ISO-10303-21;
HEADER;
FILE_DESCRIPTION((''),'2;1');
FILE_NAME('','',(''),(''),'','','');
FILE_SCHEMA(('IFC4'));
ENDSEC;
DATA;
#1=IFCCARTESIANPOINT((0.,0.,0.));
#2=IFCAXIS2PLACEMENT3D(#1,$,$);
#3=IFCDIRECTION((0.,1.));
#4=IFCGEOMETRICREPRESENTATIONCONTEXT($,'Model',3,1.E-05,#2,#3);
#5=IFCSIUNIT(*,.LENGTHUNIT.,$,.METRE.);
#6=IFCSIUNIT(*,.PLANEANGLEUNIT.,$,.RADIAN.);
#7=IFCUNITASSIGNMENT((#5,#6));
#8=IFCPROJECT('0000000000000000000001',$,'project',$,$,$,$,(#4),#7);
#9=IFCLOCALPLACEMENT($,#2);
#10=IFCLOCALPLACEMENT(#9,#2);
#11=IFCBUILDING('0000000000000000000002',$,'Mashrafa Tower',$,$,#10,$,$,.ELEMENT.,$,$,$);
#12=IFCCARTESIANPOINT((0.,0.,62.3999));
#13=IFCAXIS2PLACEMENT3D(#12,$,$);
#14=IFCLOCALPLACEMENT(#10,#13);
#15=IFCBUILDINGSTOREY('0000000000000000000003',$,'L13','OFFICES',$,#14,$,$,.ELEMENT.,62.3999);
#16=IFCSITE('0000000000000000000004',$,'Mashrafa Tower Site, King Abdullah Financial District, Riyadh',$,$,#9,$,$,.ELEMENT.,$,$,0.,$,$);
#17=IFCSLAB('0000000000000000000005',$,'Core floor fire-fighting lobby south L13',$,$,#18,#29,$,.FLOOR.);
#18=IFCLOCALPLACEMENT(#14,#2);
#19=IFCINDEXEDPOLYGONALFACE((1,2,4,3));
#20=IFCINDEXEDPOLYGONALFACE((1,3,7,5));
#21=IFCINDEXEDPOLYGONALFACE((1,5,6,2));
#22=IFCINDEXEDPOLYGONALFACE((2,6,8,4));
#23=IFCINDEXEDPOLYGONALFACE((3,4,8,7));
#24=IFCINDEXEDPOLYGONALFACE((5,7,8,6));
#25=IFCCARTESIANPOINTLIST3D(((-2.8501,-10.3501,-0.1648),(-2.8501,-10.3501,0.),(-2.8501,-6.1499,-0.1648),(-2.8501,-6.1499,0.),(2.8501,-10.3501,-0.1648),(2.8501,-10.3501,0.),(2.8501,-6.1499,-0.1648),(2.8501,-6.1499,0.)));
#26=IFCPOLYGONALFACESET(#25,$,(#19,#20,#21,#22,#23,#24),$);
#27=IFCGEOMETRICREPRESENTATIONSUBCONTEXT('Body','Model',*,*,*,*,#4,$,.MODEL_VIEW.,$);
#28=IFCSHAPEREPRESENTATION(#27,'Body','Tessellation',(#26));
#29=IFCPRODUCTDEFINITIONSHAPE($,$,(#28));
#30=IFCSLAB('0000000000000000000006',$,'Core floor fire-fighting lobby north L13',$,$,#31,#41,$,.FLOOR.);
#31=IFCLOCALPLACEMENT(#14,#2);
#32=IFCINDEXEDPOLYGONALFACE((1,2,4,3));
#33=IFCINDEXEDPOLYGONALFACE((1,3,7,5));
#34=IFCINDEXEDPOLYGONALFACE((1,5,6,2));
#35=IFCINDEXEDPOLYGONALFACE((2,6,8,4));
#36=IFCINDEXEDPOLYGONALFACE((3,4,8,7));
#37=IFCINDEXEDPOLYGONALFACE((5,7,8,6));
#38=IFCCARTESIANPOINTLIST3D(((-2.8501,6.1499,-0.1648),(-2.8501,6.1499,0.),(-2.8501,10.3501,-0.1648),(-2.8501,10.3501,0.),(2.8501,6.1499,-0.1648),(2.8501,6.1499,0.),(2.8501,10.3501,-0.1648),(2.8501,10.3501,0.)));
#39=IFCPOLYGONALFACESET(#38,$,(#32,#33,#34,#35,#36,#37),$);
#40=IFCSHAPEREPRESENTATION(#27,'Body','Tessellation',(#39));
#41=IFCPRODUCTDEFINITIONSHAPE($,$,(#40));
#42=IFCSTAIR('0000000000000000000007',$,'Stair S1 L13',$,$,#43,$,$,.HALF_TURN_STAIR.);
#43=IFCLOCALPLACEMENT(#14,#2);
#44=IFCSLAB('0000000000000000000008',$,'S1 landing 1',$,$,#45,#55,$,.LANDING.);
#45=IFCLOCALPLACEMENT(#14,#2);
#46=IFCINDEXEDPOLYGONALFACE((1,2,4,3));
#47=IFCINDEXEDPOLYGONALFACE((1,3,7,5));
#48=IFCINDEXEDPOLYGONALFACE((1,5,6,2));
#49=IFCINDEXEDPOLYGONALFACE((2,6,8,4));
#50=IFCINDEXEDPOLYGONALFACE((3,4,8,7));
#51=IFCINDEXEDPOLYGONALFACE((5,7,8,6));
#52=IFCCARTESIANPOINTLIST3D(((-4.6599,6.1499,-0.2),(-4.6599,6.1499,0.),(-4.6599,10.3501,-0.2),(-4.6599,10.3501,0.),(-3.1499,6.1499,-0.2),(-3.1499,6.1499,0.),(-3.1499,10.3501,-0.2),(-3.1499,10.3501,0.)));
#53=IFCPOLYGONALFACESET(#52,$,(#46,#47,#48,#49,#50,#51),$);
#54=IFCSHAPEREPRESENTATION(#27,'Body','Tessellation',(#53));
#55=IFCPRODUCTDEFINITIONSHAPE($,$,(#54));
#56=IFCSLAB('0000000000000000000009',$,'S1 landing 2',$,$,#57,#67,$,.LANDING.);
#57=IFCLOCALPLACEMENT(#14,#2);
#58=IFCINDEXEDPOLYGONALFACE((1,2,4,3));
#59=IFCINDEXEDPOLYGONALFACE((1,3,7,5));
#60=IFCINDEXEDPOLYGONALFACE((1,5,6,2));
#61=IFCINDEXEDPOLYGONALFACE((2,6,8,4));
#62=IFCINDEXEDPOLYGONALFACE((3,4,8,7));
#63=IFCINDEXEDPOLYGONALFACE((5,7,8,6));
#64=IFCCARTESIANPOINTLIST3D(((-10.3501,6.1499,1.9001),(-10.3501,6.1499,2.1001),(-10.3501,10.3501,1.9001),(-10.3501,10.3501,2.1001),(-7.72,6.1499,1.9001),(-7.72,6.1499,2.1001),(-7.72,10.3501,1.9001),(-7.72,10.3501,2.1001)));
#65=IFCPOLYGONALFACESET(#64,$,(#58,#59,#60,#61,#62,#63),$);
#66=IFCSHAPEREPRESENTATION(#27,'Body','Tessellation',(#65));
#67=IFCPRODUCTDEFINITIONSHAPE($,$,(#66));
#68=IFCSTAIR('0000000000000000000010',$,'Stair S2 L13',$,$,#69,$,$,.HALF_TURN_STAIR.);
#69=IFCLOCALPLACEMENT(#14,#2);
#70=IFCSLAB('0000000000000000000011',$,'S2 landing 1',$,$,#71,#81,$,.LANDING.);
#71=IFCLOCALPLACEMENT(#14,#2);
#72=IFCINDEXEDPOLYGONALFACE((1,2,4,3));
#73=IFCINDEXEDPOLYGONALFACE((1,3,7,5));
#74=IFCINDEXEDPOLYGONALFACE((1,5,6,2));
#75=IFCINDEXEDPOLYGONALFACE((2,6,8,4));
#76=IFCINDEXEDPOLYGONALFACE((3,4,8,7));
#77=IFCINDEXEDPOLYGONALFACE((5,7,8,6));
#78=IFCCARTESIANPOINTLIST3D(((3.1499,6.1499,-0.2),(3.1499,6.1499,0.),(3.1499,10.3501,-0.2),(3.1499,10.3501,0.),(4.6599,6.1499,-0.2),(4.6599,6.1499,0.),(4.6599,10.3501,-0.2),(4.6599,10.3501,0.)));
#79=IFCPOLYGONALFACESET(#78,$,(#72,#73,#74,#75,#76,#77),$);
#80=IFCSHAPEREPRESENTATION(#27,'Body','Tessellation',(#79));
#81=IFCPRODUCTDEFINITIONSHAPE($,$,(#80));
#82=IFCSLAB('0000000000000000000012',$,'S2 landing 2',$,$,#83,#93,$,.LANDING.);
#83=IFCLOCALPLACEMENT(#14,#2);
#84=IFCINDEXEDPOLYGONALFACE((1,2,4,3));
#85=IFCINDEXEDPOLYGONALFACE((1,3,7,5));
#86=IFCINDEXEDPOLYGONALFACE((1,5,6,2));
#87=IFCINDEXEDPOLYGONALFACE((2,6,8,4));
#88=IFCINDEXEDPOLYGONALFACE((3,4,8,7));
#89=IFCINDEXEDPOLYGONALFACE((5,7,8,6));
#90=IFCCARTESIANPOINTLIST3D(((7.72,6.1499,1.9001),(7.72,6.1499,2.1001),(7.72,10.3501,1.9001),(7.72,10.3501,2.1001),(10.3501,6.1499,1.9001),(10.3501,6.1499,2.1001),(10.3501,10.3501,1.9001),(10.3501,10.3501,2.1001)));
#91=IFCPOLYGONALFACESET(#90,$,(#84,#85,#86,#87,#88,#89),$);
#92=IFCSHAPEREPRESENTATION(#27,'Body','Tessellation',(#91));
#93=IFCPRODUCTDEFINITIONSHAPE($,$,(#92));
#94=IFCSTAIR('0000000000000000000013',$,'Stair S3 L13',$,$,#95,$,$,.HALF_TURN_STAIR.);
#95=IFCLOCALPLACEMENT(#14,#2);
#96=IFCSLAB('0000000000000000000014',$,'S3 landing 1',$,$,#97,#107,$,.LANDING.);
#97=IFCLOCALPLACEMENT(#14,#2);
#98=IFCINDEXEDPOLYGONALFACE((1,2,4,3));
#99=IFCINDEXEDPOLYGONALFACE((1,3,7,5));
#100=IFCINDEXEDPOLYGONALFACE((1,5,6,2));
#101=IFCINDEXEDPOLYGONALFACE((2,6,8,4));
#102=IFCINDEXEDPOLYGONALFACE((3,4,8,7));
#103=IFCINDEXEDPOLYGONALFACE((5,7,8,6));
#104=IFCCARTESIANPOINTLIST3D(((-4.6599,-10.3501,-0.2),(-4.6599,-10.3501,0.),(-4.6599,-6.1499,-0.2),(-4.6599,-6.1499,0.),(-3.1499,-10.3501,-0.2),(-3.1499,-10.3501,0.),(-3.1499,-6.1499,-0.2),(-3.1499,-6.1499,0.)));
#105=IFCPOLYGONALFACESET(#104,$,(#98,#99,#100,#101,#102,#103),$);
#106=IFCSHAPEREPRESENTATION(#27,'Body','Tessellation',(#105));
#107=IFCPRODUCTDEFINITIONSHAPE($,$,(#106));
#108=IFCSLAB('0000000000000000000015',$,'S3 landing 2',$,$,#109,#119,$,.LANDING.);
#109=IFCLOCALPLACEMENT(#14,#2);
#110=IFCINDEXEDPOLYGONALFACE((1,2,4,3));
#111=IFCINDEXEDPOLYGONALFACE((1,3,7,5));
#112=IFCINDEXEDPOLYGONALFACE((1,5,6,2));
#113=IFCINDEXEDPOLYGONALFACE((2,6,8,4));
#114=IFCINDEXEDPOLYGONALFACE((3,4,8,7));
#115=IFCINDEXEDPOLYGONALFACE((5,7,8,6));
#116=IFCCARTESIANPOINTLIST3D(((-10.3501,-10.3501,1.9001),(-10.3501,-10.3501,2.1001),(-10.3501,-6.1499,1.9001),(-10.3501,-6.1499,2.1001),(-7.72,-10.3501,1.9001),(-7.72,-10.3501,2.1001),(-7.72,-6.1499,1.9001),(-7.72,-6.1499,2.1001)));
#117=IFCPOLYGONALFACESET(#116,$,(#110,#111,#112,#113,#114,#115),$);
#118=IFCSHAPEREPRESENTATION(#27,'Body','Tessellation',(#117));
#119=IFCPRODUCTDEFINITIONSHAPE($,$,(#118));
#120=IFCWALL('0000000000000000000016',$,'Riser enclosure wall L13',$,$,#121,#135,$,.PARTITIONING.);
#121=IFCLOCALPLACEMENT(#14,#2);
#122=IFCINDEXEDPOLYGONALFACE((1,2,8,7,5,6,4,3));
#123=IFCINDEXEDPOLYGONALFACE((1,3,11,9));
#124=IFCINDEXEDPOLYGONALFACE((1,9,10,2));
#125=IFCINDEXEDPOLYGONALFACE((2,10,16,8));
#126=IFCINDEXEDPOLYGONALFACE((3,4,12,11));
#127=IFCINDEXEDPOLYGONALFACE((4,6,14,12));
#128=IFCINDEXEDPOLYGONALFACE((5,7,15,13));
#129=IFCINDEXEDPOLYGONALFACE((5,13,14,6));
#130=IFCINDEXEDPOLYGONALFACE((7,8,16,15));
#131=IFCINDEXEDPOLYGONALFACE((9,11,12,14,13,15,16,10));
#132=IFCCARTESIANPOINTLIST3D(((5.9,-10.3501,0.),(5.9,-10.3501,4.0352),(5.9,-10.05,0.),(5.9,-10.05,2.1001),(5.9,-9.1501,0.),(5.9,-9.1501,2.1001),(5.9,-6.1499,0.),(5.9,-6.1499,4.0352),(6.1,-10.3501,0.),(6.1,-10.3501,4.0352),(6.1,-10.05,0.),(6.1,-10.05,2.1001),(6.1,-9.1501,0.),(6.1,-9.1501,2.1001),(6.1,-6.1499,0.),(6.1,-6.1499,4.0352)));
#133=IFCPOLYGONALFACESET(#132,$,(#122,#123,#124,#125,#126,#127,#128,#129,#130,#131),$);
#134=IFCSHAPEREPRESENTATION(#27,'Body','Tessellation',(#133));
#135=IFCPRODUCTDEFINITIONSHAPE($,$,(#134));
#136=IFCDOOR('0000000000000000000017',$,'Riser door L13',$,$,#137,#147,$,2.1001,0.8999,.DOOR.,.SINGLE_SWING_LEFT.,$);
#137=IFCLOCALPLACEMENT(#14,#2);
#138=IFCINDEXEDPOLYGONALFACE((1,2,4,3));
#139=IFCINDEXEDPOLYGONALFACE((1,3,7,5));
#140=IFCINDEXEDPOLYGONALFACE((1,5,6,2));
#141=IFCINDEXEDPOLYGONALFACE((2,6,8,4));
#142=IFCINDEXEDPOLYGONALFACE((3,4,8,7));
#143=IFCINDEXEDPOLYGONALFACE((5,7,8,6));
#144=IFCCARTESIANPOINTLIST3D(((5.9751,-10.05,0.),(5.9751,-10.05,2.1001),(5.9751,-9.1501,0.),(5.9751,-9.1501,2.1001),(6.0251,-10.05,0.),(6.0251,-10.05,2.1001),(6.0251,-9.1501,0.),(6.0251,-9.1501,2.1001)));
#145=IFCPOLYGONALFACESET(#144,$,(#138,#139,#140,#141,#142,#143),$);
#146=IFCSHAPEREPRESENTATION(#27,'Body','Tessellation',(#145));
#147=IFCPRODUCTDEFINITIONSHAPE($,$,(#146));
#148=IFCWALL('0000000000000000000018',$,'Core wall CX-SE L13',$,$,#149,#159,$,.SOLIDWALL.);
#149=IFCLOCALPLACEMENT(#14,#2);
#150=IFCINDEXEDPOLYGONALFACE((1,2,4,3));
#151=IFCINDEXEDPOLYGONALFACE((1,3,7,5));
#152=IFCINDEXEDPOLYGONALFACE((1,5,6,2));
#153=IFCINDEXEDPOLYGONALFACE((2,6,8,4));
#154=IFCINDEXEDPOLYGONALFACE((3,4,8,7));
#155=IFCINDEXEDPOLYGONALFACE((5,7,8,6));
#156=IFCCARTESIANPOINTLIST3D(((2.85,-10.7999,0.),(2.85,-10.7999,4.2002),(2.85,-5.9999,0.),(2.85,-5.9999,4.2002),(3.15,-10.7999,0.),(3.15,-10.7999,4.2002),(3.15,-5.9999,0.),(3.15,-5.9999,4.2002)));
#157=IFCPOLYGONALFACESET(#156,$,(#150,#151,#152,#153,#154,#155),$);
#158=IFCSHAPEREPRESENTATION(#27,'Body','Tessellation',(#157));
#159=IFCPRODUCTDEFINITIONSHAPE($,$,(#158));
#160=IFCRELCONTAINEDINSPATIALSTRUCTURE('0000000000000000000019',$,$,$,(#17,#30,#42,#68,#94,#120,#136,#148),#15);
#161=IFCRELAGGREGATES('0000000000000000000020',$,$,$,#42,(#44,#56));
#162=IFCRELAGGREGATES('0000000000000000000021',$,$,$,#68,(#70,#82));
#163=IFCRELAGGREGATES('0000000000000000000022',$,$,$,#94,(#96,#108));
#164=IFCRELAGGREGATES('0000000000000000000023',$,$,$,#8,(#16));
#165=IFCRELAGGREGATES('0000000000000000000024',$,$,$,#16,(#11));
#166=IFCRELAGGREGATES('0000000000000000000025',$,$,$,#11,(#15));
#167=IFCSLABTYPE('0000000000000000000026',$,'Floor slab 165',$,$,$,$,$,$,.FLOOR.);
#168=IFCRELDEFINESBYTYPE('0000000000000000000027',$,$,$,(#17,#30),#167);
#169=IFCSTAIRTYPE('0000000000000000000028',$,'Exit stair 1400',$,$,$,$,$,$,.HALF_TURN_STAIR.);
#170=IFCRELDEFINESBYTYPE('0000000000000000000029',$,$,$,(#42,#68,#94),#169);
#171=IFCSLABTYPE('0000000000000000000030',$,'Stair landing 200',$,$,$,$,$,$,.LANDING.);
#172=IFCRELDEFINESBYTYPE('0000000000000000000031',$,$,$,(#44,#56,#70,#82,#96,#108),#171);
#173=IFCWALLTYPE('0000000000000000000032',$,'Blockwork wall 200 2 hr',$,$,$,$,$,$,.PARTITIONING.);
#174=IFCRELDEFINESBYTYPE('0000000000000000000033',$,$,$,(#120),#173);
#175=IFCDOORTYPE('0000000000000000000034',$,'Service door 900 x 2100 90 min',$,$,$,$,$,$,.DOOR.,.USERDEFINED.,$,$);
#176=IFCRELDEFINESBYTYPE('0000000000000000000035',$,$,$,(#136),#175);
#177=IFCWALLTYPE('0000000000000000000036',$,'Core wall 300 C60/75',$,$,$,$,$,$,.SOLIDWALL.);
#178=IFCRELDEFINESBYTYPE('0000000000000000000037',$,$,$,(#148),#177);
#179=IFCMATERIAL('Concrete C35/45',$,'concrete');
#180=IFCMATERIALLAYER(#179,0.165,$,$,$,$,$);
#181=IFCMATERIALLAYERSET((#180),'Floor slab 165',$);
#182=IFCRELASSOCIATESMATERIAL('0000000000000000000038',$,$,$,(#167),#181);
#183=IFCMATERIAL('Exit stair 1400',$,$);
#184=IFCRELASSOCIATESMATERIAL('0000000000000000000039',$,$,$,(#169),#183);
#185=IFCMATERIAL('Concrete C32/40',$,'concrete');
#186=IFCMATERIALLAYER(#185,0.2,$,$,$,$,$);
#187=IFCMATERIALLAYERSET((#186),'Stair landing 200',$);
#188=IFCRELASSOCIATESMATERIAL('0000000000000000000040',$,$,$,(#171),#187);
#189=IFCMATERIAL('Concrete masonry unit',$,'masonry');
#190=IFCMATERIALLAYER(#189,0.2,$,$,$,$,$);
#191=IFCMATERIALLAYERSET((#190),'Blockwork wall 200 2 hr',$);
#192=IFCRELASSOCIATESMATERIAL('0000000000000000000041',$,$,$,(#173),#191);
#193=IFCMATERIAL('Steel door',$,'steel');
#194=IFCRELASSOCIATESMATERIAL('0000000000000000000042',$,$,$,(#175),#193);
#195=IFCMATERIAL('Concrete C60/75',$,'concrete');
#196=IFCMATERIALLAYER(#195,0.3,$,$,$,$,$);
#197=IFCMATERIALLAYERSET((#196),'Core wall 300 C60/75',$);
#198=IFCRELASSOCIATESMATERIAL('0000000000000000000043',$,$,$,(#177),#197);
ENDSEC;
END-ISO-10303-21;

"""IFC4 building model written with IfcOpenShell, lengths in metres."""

from ifc_helpers import new_model, si_unit, direction, frame, frame_2d, origin, place, context, subcontext, project, spatial, polyline, rectangle, outline, extrude, material, layer, layer_set, type_object, element, fill, aggregate, save


model = new_model("IFC4")

# Units and contexts
model_context = context("Model", 3, precision=1e-05, world=origin(), true_north=direction((0.0, 1.0)))
body_context = subcontext(model_context, "Body", "Model", "MODEL_VIEW")
ifc_project = project(units=[si_unit("LENGTHUNIT", "METRE"), si_unit("PLANEANGLEUNIT", "RADIAN")], contexts=[model_context])

# Site, building, storey
site_placement = place(None, origin())
site = spatial("IfcSite", under=ifc_project, at=site_placement, Name="Mashrafa Tower Site, King Abdullah Financial District, Riyadh", CompositionType="ELEMENT", RefElevation=0.0)
building_placement = place(site_placement, origin())
building = spatial("IfcBuilding", under=site, at=building_placement, Name="Mashrafa Tower", CompositionType="ELEMENT")
storey_placement = place(building_placement, frame((0.0, 0.0, 62.3999)))
storey = spatial("IfcBuildingStorey", under=building, at=storey_placement, Name="L13", Description="OFFICES", CompositionType="ELEMENT", Elevation=62.3999)

# Slabs
ifc_material_1 = material(Name="Concrete C35/45", Category="concrete")
ifc_layer_1 = layer(ifc_material_1, 0.165)
ifc_layer_set_1 = layer_set([ifc_layer_1], Name="Floor slab 165")
slab_type_1 = type_object("IfcSlabType", Name="Floor slab 165", PredefinedType="FLOOR", material=ifc_layer_set_1)
slab_1_placement = place(storey_placement, frame((0.0, 0.0, -0.1648)))
element("IfcSlab", 1, at=slab_1_placement, inside=storey, type_object=slab_type_1, Name="Core floor fire-fighting lobby south L13", PredefinedType="FLOOR", context=body_context, shape_type="SweptSolid", body=[
    extrude(outline(polyline([(2.8501, -6.1499), (2.8501, -10.3501), (-2.8501, -10.3501), (-2.8501, -6.1499), (2.8501, -6.1499)])), origin(), (0.0, 0.0, 1.0), 0.1648),
])
slab_2_placement = place(storey_placement, frame((0.0, 0.0, -0.1648)))
element("IfcSlab", 2, at=slab_2_placement, inside=storey, type_object=slab_type_1, Name="Core floor fire-fighting lobby north L13", PredefinedType="FLOOR", context=body_context, shape_type="SweptSolid", body=[
    extrude(outline(polyline([(-2.8501, 10.3501), (2.8501, 10.3501), (2.8501, 6.1499), (-2.8501, 6.1499), (-2.8501, 10.3501)])), origin(), (0.0, 0.0, 1.0), 0.1648),
])

# Stairs, slabs
ifc_material_2 = material(Name="Exit stair 1400")
stair_type = type_object("IfcStairType", Name="Exit stair 1400", PredefinedType="HALF_TURN_STAIR", material=ifc_material_2)
stair_1_placement = place(storey_placement, origin())
stair_1 = element("IfcStair", 3, at=stair_1_placement, inside=storey, type_object=stair_type, Name="Stair S1 L13", PredefinedType="HALF_TURN_STAIR")
ifc_material_3 = material(Name="Concrete C32/40", Category="concrete")
ifc_layer_2 = layer(ifc_material_3, 0.2)
ifc_layer_set_2 = layer_set([ifc_layer_2], Name="Stair landing 200")
slab_type_2 = type_object("IfcSlabType", Name="Stair landing 200", PredefinedType="LANDING", material=ifc_layer_set_2)
slab_3_placement = place(storey_placement, frame((0.0, 0.0, -0.2)))
slab_3 = element("IfcSlab", 4, at=slab_3_placement, type_object=slab_type_2, Name="S1 landing 1", PredefinedType="LANDING", context=body_context, shape_type="SweptSolid", body=[
    extrude(outline(polyline([(-4.6599, 6.1499), (-3.1499, 6.1499), (-3.1499, 10.3501), (-4.6599, 10.3501), (-4.6599, 6.1499)])), origin(), (0.0, 0.0, 1.0), 0.2),
])
slab_4_placement = place(storey_placement, frame((0.0, 0.0, 1.9001)))
slab_4 = element("IfcSlab", 5, at=slab_4_placement, type_object=slab_type_2, Name="S1 landing 2", PredefinedType="LANDING", context=body_context, shape_type="SweptSolid", body=[
    extrude(outline(polyline([(-10.3501, 6.1499), (-7.72, 6.1499), (-7.72, 10.3501), (-10.3501, 10.3501), (-10.3501, 6.1499)])), origin(), (0.0, 0.0, 1.0), 0.2),
])
aggregate(stair_1, [slab_3, slab_4])
stair_2_placement = place(storey_placement, origin())
stair_2 = element("IfcStair", 6, at=stair_2_placement, inside=storey, type_object=stair_type, Name="Stair S2 L13", PredefinedType="HALF_TURN_STAIR")
slab_5_placement = place(storey_placement, frame((0.0, 0.0, -0.2)))
slab_5 = element("IfcSlab", 7, at=slab_5_placement, type_object=slab_type_2, Name="S2 landing 1", PredefinedType="LANDING", context=body_context, shape_type="SweptSolid", body=[
    extrude(outline(polyline([(3.1499, 6.1499), (4.6599, 6.1499), (4.6599, 10.3501), (3.1499, 10.3501), (3.1499, 6.1499)])), origin(), (0.0, 0.0, 1.0), 0.2),
])
slab_6_placement = place(storey_placement, frame((0.0, 0.0, 1.9001)))
slab_6 = element("IfcSlab", 8, at=slab_6_placement, type_object=slab_type_2, Name="S2 landing 2", PredefinedType="LANDING", context=body_context, shape_type="SweptSolid", body=[
    extrude(outline(polyline([(7.72, 6.1499), (10.3501, 6.1499), (10.3501, 10.3501), (7.72, 10.3501), (7.72, 6.1499)])), origin(), (0.0, 0.0, 1.0), 0.2),
])
aggregate(stair_2, [slab_5, slab_6])
stair_3_placement = place(storey_placement, origin())
stair_3 = element("IfcStair", 9, at=stair_3_placement, inside=storey, type_object=stair_type, Name="Stair S3 L13", PredefinedType="HALF_TURN_STAIR")
slab_7_placement = place(storey_placement, frame((0.0, 0.0, -0.2)))
slab_7 = element("IfcSlab", 10, at=slab_7_placement, type_object=slab_type_2, Name="S3 landing 1", PredefinedType="LANDING", context=body_context, shape_type="SweptSolid", body=[
    extrude(outline(polyline([(-4.6599, -10.3501), (-3.1499, -10.3501), (-3.1499, -6.1499), (-4.6599, -6.1499), (-4.6599, -10.3501)])), origin(), (0.0, 0.0, 1.0), 0.2),
])
slab_8_placement = place(storey_placement, frame((0.0, 0.0, 1.9001)))
slab_8 = element("IfcSlab", 11, at=slab_8_placement, type_object=slab_type_2, Name="S3 landing 2", PredefinedType="LANDING", context=body_context, shape_type="SweptSolid", body=[
    extrude(outline(polyline([(-10.3501, -10.3501), (-7.72, -10.3501), (-7.72, -6.1499), (-10.3501, -6.1499), (-10.3501, -10.3501)])), origin(), (0.0, 0.0, 1.0), 0.2),
])
aggregate(stair_3, [slab_7, slab_8])

# Wall, opening, door
ifc_material_4 = material(Name="Concrete masonry unit", Category="masonry")
ifc_layer_3 = layer(ifc_material_4, 0.2)
ifc_layer_set_3 = layer_set([ifc_layer_3], Name="Blockwork wall 200 2 hr")
wall_type_1 = type_object("IfcWallType", Name="Blockwork wall 200 2 hr", PredefinedType="PARTITIONING", material=ifc_layer_set_3)
wall_1_placement = place(storey_placement, frame((6.0, -10.3501, 0.0), z_axis=(0.0, 0.0, 1.0), x_axis=(0.0, 1.0, 0.0)))
wall_1 = element("IfcWall", 12, at=wall_1_placement, inside=storey, type_object=wall_type_1, Name="Riser enclosure wall L13", PredefinedType="PARTITIONING", context=body_context, shape_type="SweptSolid", body=[
    extrude(rectangle(XDim=4.2002, YDim=0.2, at=frame_2d((2.1001, 0.0))), origin(), (0.0, 0.0, 1.0), 4.0352),
])
opening_1_placement = place(wall_1_placement, frame((0.3, 0.0, 0.0)))
opening_1 = element("IfcOpeningElement", 13, at=opening_1_placement, cuts=wall_1, PredefinedType="OPENING", context=body_context, shape_type="SweptSolid", body=[
    extrude(rectangle(XDim=0.8999, YDim=2.1001, at=frame_2d((0.45, 1.05))), frame((0.0, 0.1099, 0.0), z_axis=(0.0, -1.0, 0.0), x_axis=(1.0, 0.0, 0.0)), (0.0, 0.0, 1.0), 0.22),
])
ifc_material_5 = material(Name="Steel door", Category="steel")
door_type_1 = type_object("IfcDoorType", Name="Service door 900 x 2100 90 min", OperationType="USERDEFINED", PredefinedType="DOOR", material=ifc_material_5)
door_1_placement = place(opening_1_placement, origin())
door_1 = element("IfcDoor", 14, at=door_1_placement, inside=storey, type_object=door_type_1, Name="Riser door L13", OperationType="SINGLE_SWING_LEFT", OverallHeight=2.1001, OverallWidth=0.8999, PredefinedType="DOOR", context=body_context, shape_type="SweptSolid", body=[
    extrude(rectangle(XDim=0.8999, YDim=2.1001, at=frame_2d((0.45, 1.05))), frame((0.0, 0.0249, 0.0), z_axis=(0.0, -1.0, 0.0), x_axis=(1.0, 0.0, 0.0)), (0.0, 0.0, 1.0), 0.05),
])
fill(opening_1, door_1)

# Wall
ifc_material_6 = material(Name="Concrete C60/75", Category="concrete")
ifc_layer_4 = layer(ifc_material_6, 0.3)
ifc_layer_set_4 = layer_set([ifc_layer_4], Name="Core wall 300 C60/75")
wall_type_2 = type_object("IfcWallType", Name="Core wall 300 C60/75", PredefinedType="SOLIDWALL", material=ifc_layer_set_4)
wall_2_placement = place(storey_placement, frame((3.0, -6.0, 0.0), z_axis=(0.0, 0.0, 1.0), x_axis=(0.0, -1.0, 0.0)))
element("IfcWall", 15, at=wall_2_placement, inside=storey, type_object=wall_type_2, Name="Core wall CX-SE L13", PredefinedType="SOLIDWALL", context=body_context, shape_type="SweptSolid", body=[
    extrude(rectangle(XDim=4.8, YDim=0.3, at=frame_2d((2.3999, 0.0))), origin(), (0.0, 0.0, 1.0), 4.2002),
])

save(model, "model.ifc")
